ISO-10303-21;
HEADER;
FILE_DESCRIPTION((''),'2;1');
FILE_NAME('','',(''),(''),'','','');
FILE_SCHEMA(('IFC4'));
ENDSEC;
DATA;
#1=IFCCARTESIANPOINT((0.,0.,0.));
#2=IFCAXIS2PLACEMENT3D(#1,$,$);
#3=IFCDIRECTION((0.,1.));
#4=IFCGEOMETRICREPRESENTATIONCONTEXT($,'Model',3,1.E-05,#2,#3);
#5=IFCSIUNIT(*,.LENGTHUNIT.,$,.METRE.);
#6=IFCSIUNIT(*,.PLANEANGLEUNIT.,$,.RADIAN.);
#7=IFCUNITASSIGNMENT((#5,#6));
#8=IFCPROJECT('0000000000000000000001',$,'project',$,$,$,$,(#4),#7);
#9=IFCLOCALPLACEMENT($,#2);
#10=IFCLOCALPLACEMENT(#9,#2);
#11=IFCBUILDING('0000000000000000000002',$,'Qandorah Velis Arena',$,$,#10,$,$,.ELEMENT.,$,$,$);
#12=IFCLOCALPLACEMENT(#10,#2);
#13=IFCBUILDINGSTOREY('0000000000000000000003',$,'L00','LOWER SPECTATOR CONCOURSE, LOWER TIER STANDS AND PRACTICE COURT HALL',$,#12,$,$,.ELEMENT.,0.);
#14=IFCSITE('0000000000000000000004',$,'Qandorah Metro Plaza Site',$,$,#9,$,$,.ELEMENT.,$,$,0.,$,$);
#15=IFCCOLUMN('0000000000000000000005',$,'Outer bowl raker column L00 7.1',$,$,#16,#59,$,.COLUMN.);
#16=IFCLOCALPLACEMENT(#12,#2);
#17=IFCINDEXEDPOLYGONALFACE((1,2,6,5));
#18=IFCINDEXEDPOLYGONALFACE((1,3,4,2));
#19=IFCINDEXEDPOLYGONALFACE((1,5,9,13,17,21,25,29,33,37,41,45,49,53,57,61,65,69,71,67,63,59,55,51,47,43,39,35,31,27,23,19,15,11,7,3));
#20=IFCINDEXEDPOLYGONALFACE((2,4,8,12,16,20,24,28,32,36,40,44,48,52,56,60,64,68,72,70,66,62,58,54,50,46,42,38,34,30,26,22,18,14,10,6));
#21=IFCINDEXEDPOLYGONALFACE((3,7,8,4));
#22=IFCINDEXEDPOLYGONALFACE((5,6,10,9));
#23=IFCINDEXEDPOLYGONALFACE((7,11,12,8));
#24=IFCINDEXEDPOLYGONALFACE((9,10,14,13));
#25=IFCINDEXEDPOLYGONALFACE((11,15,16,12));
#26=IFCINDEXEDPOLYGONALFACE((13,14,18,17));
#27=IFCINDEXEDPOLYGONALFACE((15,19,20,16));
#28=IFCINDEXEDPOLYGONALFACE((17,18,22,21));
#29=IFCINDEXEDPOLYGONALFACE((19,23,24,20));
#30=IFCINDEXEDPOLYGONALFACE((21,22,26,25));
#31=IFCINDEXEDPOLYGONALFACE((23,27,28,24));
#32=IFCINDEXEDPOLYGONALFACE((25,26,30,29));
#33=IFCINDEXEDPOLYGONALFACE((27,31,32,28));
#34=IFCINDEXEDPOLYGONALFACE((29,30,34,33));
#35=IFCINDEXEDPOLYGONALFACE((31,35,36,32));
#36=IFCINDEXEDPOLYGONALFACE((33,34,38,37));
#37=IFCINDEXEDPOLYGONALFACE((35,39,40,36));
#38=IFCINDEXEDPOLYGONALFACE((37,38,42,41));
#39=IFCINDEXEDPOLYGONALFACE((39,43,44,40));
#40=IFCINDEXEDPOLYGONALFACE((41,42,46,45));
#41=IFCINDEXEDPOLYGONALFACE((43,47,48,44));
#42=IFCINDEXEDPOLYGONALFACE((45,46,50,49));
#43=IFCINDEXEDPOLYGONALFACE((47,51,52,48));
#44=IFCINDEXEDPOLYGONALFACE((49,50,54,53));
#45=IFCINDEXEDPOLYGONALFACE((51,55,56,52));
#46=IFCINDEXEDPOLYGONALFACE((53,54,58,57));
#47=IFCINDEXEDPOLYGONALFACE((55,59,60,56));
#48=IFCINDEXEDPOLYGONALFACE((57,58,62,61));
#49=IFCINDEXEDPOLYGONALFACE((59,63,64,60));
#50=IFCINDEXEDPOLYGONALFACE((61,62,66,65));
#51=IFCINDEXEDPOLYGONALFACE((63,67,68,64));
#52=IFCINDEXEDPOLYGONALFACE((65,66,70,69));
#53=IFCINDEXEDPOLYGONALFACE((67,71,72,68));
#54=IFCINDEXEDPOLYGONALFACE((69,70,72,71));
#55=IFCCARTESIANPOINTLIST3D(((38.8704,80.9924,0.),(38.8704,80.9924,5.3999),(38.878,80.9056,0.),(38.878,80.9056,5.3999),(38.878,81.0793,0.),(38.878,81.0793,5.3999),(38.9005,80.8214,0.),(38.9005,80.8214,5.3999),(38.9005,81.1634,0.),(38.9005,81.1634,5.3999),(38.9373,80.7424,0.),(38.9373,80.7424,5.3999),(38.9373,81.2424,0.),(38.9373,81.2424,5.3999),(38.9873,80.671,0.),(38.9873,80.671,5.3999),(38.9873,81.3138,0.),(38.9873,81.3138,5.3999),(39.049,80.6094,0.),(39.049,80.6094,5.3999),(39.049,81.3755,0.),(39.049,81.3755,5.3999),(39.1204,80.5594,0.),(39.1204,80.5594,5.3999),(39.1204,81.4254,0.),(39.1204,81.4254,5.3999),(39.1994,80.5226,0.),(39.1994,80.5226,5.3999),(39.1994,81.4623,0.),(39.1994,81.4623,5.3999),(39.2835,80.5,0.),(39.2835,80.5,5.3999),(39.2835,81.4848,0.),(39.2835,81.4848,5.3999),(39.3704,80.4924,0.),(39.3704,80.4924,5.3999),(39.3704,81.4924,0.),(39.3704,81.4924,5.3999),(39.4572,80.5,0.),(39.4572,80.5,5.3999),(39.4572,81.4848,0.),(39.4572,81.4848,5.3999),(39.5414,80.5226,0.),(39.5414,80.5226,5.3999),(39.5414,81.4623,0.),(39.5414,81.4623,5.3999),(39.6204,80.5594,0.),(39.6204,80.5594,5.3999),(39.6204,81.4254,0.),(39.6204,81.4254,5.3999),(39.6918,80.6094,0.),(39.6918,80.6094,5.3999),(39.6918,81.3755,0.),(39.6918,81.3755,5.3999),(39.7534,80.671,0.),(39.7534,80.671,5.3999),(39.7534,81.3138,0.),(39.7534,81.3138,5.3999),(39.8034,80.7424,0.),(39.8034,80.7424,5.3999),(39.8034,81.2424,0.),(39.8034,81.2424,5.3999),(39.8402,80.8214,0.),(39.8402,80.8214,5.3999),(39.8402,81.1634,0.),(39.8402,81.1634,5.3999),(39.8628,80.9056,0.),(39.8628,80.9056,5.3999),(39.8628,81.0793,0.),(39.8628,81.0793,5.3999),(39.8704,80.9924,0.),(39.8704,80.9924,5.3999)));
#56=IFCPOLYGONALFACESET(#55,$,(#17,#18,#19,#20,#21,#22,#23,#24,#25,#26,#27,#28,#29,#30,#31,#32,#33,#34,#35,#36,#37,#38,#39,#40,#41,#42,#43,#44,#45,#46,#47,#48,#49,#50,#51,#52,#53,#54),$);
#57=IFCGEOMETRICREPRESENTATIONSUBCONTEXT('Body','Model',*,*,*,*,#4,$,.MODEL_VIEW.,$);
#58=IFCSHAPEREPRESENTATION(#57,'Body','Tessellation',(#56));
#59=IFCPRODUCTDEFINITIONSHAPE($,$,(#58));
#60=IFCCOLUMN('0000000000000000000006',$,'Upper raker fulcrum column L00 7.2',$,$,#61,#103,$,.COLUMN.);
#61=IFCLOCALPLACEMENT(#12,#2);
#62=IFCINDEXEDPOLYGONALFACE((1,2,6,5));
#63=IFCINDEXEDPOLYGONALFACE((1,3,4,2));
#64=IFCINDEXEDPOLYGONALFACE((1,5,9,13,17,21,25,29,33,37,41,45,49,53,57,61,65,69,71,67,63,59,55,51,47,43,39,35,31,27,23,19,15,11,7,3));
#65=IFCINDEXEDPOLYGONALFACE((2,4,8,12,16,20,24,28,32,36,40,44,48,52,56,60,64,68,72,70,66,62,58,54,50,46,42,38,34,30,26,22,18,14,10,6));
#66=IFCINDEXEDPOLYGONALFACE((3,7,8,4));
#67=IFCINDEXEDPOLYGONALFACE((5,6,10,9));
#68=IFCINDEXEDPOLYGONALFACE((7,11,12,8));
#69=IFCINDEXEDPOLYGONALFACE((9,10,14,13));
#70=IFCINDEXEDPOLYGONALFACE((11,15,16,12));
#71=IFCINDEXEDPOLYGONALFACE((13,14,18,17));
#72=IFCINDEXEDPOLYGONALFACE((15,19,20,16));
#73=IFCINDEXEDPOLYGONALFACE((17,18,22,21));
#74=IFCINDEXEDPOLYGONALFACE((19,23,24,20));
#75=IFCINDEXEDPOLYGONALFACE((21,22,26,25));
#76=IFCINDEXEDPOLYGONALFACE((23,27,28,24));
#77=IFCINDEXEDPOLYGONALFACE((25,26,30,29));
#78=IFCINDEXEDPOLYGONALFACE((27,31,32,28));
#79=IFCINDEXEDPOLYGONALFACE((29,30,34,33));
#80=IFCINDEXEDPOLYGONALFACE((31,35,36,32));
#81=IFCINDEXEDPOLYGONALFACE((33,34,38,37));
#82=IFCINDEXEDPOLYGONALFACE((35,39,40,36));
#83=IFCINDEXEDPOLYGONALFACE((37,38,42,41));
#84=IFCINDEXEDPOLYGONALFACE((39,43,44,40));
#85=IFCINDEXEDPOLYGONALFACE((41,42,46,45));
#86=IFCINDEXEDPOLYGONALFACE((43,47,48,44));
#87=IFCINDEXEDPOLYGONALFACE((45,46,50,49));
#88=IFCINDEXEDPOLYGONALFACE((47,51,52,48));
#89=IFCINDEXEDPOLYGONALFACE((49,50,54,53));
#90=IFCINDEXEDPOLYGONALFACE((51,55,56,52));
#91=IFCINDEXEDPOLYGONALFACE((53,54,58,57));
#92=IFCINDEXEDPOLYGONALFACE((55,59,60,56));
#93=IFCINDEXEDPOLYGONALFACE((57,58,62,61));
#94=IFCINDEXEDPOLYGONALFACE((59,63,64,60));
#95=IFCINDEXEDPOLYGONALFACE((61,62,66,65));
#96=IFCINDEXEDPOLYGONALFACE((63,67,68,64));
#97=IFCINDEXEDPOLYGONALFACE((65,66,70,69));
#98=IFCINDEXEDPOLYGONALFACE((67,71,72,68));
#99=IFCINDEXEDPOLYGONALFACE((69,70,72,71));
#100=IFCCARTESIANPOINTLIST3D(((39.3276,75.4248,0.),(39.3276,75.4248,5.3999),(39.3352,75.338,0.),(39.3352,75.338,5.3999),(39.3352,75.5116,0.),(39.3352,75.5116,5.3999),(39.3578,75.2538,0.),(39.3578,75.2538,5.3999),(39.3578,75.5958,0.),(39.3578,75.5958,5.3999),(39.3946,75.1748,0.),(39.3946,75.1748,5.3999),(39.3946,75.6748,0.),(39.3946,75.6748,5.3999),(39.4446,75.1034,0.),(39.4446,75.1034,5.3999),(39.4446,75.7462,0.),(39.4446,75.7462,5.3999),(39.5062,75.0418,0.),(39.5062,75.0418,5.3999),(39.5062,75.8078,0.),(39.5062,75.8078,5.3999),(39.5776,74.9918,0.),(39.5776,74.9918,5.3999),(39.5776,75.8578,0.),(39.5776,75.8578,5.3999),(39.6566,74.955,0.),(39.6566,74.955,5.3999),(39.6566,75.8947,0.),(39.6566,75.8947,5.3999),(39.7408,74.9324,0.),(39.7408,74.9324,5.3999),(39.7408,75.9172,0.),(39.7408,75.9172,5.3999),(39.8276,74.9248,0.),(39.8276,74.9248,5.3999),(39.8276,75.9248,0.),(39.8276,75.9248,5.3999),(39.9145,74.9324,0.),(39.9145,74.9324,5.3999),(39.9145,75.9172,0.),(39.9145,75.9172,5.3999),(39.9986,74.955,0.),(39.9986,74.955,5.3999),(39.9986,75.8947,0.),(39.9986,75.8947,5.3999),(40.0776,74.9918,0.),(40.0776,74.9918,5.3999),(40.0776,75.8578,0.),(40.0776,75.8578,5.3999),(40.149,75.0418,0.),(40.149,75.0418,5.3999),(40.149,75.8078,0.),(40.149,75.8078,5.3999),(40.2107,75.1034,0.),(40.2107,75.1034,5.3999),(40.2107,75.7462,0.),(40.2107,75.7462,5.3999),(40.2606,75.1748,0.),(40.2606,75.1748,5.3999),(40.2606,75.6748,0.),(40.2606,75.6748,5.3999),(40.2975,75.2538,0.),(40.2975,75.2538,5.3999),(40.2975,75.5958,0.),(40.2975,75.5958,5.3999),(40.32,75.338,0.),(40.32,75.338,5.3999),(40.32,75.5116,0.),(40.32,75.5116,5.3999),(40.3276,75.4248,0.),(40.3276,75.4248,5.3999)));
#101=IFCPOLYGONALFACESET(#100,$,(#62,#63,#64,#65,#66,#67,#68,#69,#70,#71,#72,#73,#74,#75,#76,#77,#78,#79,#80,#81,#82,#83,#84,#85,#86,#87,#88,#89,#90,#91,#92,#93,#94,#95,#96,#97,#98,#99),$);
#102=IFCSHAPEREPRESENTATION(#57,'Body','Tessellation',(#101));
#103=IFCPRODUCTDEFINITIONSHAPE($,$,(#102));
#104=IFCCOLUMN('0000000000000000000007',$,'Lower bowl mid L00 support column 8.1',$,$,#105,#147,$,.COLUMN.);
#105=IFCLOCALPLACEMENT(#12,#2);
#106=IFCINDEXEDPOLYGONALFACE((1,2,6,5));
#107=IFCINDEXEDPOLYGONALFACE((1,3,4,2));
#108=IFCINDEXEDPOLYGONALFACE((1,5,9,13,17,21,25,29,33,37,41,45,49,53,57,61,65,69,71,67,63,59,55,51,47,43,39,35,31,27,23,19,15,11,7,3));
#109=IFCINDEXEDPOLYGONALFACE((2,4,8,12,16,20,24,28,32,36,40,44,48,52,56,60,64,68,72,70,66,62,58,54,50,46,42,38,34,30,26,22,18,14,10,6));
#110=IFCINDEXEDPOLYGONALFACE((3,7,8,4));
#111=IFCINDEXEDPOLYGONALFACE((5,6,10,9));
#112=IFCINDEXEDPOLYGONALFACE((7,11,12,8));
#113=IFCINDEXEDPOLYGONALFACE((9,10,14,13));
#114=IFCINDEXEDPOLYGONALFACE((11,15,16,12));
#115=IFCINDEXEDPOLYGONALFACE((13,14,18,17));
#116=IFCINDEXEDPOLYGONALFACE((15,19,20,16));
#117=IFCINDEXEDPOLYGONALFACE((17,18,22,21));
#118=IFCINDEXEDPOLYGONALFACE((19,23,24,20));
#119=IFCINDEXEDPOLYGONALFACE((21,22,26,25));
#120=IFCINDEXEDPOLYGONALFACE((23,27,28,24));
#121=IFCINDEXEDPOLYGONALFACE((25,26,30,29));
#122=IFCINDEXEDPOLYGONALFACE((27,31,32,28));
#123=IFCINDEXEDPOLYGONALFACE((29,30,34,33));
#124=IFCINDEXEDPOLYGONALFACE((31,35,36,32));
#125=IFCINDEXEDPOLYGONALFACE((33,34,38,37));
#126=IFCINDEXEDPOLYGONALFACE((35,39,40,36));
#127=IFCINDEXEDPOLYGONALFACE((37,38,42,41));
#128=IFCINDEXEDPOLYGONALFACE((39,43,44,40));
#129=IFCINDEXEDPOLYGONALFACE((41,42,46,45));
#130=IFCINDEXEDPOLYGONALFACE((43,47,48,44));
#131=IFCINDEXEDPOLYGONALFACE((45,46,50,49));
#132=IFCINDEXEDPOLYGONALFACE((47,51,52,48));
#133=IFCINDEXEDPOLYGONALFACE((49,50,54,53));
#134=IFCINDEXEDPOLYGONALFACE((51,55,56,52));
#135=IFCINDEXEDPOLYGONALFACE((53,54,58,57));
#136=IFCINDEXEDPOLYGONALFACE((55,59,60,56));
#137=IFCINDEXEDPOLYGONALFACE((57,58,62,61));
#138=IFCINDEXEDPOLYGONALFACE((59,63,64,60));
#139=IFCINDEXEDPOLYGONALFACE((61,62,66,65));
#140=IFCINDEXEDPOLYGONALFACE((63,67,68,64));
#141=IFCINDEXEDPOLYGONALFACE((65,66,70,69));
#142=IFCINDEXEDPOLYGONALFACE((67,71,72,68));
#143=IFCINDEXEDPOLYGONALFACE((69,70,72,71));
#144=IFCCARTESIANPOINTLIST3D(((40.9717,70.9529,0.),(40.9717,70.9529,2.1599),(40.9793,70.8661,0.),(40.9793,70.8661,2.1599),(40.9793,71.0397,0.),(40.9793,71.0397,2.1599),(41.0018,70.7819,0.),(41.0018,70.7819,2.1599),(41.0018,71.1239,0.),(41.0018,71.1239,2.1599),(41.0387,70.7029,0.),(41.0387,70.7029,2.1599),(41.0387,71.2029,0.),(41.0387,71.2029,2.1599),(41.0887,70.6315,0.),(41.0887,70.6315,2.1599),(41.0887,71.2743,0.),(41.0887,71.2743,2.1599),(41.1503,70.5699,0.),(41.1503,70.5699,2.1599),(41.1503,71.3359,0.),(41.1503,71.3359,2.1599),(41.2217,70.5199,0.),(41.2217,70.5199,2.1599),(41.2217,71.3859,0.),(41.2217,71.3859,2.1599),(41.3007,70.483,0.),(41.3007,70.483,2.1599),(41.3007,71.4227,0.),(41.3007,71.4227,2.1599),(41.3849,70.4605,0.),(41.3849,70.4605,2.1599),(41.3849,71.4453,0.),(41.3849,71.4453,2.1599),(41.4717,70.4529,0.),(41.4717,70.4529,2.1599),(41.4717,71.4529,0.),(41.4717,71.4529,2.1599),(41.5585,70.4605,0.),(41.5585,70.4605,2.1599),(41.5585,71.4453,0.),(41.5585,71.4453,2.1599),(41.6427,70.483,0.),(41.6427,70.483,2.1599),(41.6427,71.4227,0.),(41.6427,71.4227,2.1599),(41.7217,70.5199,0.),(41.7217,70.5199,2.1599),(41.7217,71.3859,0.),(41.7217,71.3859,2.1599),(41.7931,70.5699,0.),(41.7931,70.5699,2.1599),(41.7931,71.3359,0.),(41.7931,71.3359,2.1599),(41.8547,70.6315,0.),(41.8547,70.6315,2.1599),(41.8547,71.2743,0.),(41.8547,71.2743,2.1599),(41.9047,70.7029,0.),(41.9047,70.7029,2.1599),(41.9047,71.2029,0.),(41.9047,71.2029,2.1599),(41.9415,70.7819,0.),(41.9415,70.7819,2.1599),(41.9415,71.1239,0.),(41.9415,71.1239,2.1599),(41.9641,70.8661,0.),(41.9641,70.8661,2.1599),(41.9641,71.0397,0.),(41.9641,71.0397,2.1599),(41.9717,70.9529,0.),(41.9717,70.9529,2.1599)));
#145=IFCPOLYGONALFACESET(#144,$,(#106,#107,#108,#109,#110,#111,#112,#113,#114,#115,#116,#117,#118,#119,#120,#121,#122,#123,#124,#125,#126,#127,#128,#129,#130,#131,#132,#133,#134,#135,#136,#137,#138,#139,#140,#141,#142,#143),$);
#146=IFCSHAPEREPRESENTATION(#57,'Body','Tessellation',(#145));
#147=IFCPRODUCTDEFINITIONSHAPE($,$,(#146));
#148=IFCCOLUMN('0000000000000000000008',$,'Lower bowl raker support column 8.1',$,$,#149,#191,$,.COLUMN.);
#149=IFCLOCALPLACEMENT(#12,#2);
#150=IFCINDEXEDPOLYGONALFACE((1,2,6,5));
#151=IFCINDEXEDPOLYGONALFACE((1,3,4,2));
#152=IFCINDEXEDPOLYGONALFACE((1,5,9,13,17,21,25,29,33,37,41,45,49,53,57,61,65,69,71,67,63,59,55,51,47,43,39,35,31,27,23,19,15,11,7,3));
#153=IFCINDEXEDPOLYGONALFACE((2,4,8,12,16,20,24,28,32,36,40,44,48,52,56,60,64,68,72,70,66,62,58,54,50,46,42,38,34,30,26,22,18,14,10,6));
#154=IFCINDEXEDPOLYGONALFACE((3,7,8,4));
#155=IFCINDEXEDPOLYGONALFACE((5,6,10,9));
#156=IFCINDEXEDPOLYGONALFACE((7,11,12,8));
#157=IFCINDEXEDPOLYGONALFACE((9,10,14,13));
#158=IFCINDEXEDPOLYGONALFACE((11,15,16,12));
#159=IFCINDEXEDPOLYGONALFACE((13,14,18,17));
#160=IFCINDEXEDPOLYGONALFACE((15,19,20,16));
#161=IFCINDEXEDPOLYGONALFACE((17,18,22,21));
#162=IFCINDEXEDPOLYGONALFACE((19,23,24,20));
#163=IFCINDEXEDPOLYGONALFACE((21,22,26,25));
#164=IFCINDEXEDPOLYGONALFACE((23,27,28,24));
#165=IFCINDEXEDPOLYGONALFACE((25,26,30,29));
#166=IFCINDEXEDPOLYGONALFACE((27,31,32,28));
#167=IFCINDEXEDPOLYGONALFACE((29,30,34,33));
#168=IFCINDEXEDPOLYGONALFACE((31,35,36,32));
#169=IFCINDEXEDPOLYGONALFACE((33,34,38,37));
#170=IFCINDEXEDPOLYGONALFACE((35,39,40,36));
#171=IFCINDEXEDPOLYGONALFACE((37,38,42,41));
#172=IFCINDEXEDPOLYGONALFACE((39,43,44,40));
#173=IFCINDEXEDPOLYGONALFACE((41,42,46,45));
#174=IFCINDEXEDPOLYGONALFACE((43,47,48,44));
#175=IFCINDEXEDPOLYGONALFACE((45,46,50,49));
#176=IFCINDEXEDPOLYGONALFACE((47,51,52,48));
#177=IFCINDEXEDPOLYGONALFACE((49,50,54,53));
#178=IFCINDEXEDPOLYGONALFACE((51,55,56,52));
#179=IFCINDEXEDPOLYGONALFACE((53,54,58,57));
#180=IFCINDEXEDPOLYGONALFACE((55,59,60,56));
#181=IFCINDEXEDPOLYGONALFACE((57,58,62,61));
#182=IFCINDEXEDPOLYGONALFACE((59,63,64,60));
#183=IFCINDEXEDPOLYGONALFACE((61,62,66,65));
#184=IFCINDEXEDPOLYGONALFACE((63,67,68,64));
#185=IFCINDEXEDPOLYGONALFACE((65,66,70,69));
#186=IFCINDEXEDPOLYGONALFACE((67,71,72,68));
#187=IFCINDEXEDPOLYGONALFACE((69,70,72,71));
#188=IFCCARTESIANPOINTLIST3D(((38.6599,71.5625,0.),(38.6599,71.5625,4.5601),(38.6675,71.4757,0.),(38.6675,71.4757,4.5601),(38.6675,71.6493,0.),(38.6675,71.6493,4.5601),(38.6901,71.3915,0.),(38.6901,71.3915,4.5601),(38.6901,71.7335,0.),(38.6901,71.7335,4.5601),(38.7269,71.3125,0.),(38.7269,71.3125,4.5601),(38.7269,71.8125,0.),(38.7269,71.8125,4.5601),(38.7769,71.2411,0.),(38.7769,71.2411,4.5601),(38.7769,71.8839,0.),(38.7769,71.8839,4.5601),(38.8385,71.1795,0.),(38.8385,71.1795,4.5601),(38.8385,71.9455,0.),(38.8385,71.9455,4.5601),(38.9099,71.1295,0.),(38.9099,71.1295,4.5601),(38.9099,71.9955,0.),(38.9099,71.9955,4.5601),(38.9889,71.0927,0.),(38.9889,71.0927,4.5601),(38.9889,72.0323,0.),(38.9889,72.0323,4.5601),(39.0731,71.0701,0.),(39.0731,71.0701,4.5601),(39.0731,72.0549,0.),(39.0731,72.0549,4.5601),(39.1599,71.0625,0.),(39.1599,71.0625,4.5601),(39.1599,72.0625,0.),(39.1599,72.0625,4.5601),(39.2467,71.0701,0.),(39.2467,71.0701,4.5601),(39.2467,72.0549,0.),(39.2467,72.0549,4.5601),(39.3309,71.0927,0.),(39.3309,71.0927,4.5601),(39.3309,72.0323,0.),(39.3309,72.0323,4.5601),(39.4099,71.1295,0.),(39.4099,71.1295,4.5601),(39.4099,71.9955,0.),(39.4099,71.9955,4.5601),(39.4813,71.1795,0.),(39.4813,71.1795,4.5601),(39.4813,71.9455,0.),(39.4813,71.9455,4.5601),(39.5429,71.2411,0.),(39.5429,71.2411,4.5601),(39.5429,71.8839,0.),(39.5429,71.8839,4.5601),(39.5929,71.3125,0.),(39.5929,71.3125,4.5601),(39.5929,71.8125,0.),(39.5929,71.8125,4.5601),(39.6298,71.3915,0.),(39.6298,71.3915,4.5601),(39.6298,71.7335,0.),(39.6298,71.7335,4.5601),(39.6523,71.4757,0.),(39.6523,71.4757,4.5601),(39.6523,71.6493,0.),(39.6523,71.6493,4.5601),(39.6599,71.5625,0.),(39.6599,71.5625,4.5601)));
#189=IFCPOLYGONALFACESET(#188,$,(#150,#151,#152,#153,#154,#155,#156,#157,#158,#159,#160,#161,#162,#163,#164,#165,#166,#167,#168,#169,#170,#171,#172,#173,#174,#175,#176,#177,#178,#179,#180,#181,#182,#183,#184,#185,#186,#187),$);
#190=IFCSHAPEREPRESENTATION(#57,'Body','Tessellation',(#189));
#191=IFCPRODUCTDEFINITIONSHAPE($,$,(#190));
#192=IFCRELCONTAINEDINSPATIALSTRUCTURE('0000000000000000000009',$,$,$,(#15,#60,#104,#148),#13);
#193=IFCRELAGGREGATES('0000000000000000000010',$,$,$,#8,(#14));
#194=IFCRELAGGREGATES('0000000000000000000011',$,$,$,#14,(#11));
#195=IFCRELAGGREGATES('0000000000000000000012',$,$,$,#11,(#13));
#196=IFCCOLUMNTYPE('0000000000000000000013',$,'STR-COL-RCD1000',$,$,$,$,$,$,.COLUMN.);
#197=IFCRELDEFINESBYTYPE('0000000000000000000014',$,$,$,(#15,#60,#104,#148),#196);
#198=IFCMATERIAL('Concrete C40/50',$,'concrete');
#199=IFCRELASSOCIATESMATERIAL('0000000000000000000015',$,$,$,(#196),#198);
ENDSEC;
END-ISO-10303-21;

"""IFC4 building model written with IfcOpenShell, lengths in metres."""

from ifc_helpers import new_model, si_unit, direction, frame, origin, origin_2d, place, context, subcontext, project, spatial, circle, extrude, material, material_profile, profile_set, type_object, element, save


model = new_model("IFC4")

# Units and contexts
model_context = context("Model", 3, precision=1e-05, world=origin(), true_north=direction((0.0, 1.0)))
body_context = subcontext(model_context, "Body", "Model", "MODEL_VIEW")
ifc_project = project(units=[si_unit("LENGTHUNIT", "METRE"), si_unit("PLANEANGLEUNIT", "RADIAN")], contexts=[model_context])

# Site, building, storey
site_placement = place(None, origin())
site = spatial("IfcSite", under=ifc_project, at=site_placement, Name="Qandorah Metro Plaza Site", CompositionType="ELEMENT", RefElevation=0.0)
building_placement = place(site_placement, origin())
building = spatial("IfcBuilding", under=site, at=building_placement, Name="Qandorah Velis Arena", CompositionType="ELEMENT")
storey_placement = place(building_placement, origin())
storey = spatial("IfcBuildingStorey", under=building, at=storey_placement, Name="L00", Description="LOWER SPECTATOR CONCOURSE, LOWER TIER STANDS AND PRACTICE COURT HALL", CompositionType="ELEMENT", Elevation=0.0)

# Columns
ifc_material_1 = material(Name="Concrete C40/50", Category="concrete")
ifc_material_profile_1 = material_profile(ifc_material_1, circle(Radius=0.5, at=origin_2d()), Name="RC D1000")
ifc_profile_set_1 = profile_set([ifc_material_profile_1], Name="Concrete C40/50")
column_type = type_object("IfcColumnType", Name="STR-COL-RCD1000", PredefinedType="COLUMN", material=ifc_profile_set_1)
for number, where, z_axis, x_axis, name in (
    (1, (39.3704, 80.9924, 0.0), (0.0, 0.0, 1.0), (1.0, 0.0, 0.0), "Outer bowl raker column L00 7.1"),
    (2, (39.8276, 75.4248, 0.0), (0.0, 0.0, 1.0), (1.0, 0.0, 0.0), "Upper raker fulcrum column L00 7.2"),
):
    element("IfcColumn", number, at=place(storey_placement, frame(where, z_axis=z_axis, x_axis=x_axis)), inside=storey, type_object=column_type, Name=name, PredefinedType="COLUMN", context=body_context, shape_type="SweptSolid", body=[
        extrude(circle(Radius=0.5, at=origin_2d()), origin(), (0.0, 0.0, 1.0), 5.3999),
    ])
column_1_placement = place(storey_placement, frame((41.4717, 70.9529, 0.0), z_axis=(0.0, 0.0, 1.0), x_axis=(1.0, 0.0, 0.0)))
element("IfcColumn", 3, at=column_1_placement, inside=storey, type_object=column_type, Name="Lower bowl mid L00 support column 8.1", PredefinedType="COLUMN", context=body_context, shape_type="SweptSolid", body=[
    extrude(circle(Radius=0.5, at=origin_2d()), origin(), (0.0, 0.0, 1.0), 2.1599),
])
column_2_placement = place(storey_placement, frame((39.1599, 71.5625, 0.0), z_axis=(0.0, 0.0, 1.0), x_axis=(1.0, 0.0, 0.0)))
element("IfcColumn", 4, at=column_2_placement, inside=storey, type_object=column_type, Name="Lower bowl raker support column 8.1", PredefinedType="COLUMN", context=body_context, shape_type="SweptSolid", body=[
    extrude(circle(Radius=0.5, at=origin_2d()), origin(), (0.0, 0.0, 1.0), 4.5601),
])

save(model, "model.ifc")
